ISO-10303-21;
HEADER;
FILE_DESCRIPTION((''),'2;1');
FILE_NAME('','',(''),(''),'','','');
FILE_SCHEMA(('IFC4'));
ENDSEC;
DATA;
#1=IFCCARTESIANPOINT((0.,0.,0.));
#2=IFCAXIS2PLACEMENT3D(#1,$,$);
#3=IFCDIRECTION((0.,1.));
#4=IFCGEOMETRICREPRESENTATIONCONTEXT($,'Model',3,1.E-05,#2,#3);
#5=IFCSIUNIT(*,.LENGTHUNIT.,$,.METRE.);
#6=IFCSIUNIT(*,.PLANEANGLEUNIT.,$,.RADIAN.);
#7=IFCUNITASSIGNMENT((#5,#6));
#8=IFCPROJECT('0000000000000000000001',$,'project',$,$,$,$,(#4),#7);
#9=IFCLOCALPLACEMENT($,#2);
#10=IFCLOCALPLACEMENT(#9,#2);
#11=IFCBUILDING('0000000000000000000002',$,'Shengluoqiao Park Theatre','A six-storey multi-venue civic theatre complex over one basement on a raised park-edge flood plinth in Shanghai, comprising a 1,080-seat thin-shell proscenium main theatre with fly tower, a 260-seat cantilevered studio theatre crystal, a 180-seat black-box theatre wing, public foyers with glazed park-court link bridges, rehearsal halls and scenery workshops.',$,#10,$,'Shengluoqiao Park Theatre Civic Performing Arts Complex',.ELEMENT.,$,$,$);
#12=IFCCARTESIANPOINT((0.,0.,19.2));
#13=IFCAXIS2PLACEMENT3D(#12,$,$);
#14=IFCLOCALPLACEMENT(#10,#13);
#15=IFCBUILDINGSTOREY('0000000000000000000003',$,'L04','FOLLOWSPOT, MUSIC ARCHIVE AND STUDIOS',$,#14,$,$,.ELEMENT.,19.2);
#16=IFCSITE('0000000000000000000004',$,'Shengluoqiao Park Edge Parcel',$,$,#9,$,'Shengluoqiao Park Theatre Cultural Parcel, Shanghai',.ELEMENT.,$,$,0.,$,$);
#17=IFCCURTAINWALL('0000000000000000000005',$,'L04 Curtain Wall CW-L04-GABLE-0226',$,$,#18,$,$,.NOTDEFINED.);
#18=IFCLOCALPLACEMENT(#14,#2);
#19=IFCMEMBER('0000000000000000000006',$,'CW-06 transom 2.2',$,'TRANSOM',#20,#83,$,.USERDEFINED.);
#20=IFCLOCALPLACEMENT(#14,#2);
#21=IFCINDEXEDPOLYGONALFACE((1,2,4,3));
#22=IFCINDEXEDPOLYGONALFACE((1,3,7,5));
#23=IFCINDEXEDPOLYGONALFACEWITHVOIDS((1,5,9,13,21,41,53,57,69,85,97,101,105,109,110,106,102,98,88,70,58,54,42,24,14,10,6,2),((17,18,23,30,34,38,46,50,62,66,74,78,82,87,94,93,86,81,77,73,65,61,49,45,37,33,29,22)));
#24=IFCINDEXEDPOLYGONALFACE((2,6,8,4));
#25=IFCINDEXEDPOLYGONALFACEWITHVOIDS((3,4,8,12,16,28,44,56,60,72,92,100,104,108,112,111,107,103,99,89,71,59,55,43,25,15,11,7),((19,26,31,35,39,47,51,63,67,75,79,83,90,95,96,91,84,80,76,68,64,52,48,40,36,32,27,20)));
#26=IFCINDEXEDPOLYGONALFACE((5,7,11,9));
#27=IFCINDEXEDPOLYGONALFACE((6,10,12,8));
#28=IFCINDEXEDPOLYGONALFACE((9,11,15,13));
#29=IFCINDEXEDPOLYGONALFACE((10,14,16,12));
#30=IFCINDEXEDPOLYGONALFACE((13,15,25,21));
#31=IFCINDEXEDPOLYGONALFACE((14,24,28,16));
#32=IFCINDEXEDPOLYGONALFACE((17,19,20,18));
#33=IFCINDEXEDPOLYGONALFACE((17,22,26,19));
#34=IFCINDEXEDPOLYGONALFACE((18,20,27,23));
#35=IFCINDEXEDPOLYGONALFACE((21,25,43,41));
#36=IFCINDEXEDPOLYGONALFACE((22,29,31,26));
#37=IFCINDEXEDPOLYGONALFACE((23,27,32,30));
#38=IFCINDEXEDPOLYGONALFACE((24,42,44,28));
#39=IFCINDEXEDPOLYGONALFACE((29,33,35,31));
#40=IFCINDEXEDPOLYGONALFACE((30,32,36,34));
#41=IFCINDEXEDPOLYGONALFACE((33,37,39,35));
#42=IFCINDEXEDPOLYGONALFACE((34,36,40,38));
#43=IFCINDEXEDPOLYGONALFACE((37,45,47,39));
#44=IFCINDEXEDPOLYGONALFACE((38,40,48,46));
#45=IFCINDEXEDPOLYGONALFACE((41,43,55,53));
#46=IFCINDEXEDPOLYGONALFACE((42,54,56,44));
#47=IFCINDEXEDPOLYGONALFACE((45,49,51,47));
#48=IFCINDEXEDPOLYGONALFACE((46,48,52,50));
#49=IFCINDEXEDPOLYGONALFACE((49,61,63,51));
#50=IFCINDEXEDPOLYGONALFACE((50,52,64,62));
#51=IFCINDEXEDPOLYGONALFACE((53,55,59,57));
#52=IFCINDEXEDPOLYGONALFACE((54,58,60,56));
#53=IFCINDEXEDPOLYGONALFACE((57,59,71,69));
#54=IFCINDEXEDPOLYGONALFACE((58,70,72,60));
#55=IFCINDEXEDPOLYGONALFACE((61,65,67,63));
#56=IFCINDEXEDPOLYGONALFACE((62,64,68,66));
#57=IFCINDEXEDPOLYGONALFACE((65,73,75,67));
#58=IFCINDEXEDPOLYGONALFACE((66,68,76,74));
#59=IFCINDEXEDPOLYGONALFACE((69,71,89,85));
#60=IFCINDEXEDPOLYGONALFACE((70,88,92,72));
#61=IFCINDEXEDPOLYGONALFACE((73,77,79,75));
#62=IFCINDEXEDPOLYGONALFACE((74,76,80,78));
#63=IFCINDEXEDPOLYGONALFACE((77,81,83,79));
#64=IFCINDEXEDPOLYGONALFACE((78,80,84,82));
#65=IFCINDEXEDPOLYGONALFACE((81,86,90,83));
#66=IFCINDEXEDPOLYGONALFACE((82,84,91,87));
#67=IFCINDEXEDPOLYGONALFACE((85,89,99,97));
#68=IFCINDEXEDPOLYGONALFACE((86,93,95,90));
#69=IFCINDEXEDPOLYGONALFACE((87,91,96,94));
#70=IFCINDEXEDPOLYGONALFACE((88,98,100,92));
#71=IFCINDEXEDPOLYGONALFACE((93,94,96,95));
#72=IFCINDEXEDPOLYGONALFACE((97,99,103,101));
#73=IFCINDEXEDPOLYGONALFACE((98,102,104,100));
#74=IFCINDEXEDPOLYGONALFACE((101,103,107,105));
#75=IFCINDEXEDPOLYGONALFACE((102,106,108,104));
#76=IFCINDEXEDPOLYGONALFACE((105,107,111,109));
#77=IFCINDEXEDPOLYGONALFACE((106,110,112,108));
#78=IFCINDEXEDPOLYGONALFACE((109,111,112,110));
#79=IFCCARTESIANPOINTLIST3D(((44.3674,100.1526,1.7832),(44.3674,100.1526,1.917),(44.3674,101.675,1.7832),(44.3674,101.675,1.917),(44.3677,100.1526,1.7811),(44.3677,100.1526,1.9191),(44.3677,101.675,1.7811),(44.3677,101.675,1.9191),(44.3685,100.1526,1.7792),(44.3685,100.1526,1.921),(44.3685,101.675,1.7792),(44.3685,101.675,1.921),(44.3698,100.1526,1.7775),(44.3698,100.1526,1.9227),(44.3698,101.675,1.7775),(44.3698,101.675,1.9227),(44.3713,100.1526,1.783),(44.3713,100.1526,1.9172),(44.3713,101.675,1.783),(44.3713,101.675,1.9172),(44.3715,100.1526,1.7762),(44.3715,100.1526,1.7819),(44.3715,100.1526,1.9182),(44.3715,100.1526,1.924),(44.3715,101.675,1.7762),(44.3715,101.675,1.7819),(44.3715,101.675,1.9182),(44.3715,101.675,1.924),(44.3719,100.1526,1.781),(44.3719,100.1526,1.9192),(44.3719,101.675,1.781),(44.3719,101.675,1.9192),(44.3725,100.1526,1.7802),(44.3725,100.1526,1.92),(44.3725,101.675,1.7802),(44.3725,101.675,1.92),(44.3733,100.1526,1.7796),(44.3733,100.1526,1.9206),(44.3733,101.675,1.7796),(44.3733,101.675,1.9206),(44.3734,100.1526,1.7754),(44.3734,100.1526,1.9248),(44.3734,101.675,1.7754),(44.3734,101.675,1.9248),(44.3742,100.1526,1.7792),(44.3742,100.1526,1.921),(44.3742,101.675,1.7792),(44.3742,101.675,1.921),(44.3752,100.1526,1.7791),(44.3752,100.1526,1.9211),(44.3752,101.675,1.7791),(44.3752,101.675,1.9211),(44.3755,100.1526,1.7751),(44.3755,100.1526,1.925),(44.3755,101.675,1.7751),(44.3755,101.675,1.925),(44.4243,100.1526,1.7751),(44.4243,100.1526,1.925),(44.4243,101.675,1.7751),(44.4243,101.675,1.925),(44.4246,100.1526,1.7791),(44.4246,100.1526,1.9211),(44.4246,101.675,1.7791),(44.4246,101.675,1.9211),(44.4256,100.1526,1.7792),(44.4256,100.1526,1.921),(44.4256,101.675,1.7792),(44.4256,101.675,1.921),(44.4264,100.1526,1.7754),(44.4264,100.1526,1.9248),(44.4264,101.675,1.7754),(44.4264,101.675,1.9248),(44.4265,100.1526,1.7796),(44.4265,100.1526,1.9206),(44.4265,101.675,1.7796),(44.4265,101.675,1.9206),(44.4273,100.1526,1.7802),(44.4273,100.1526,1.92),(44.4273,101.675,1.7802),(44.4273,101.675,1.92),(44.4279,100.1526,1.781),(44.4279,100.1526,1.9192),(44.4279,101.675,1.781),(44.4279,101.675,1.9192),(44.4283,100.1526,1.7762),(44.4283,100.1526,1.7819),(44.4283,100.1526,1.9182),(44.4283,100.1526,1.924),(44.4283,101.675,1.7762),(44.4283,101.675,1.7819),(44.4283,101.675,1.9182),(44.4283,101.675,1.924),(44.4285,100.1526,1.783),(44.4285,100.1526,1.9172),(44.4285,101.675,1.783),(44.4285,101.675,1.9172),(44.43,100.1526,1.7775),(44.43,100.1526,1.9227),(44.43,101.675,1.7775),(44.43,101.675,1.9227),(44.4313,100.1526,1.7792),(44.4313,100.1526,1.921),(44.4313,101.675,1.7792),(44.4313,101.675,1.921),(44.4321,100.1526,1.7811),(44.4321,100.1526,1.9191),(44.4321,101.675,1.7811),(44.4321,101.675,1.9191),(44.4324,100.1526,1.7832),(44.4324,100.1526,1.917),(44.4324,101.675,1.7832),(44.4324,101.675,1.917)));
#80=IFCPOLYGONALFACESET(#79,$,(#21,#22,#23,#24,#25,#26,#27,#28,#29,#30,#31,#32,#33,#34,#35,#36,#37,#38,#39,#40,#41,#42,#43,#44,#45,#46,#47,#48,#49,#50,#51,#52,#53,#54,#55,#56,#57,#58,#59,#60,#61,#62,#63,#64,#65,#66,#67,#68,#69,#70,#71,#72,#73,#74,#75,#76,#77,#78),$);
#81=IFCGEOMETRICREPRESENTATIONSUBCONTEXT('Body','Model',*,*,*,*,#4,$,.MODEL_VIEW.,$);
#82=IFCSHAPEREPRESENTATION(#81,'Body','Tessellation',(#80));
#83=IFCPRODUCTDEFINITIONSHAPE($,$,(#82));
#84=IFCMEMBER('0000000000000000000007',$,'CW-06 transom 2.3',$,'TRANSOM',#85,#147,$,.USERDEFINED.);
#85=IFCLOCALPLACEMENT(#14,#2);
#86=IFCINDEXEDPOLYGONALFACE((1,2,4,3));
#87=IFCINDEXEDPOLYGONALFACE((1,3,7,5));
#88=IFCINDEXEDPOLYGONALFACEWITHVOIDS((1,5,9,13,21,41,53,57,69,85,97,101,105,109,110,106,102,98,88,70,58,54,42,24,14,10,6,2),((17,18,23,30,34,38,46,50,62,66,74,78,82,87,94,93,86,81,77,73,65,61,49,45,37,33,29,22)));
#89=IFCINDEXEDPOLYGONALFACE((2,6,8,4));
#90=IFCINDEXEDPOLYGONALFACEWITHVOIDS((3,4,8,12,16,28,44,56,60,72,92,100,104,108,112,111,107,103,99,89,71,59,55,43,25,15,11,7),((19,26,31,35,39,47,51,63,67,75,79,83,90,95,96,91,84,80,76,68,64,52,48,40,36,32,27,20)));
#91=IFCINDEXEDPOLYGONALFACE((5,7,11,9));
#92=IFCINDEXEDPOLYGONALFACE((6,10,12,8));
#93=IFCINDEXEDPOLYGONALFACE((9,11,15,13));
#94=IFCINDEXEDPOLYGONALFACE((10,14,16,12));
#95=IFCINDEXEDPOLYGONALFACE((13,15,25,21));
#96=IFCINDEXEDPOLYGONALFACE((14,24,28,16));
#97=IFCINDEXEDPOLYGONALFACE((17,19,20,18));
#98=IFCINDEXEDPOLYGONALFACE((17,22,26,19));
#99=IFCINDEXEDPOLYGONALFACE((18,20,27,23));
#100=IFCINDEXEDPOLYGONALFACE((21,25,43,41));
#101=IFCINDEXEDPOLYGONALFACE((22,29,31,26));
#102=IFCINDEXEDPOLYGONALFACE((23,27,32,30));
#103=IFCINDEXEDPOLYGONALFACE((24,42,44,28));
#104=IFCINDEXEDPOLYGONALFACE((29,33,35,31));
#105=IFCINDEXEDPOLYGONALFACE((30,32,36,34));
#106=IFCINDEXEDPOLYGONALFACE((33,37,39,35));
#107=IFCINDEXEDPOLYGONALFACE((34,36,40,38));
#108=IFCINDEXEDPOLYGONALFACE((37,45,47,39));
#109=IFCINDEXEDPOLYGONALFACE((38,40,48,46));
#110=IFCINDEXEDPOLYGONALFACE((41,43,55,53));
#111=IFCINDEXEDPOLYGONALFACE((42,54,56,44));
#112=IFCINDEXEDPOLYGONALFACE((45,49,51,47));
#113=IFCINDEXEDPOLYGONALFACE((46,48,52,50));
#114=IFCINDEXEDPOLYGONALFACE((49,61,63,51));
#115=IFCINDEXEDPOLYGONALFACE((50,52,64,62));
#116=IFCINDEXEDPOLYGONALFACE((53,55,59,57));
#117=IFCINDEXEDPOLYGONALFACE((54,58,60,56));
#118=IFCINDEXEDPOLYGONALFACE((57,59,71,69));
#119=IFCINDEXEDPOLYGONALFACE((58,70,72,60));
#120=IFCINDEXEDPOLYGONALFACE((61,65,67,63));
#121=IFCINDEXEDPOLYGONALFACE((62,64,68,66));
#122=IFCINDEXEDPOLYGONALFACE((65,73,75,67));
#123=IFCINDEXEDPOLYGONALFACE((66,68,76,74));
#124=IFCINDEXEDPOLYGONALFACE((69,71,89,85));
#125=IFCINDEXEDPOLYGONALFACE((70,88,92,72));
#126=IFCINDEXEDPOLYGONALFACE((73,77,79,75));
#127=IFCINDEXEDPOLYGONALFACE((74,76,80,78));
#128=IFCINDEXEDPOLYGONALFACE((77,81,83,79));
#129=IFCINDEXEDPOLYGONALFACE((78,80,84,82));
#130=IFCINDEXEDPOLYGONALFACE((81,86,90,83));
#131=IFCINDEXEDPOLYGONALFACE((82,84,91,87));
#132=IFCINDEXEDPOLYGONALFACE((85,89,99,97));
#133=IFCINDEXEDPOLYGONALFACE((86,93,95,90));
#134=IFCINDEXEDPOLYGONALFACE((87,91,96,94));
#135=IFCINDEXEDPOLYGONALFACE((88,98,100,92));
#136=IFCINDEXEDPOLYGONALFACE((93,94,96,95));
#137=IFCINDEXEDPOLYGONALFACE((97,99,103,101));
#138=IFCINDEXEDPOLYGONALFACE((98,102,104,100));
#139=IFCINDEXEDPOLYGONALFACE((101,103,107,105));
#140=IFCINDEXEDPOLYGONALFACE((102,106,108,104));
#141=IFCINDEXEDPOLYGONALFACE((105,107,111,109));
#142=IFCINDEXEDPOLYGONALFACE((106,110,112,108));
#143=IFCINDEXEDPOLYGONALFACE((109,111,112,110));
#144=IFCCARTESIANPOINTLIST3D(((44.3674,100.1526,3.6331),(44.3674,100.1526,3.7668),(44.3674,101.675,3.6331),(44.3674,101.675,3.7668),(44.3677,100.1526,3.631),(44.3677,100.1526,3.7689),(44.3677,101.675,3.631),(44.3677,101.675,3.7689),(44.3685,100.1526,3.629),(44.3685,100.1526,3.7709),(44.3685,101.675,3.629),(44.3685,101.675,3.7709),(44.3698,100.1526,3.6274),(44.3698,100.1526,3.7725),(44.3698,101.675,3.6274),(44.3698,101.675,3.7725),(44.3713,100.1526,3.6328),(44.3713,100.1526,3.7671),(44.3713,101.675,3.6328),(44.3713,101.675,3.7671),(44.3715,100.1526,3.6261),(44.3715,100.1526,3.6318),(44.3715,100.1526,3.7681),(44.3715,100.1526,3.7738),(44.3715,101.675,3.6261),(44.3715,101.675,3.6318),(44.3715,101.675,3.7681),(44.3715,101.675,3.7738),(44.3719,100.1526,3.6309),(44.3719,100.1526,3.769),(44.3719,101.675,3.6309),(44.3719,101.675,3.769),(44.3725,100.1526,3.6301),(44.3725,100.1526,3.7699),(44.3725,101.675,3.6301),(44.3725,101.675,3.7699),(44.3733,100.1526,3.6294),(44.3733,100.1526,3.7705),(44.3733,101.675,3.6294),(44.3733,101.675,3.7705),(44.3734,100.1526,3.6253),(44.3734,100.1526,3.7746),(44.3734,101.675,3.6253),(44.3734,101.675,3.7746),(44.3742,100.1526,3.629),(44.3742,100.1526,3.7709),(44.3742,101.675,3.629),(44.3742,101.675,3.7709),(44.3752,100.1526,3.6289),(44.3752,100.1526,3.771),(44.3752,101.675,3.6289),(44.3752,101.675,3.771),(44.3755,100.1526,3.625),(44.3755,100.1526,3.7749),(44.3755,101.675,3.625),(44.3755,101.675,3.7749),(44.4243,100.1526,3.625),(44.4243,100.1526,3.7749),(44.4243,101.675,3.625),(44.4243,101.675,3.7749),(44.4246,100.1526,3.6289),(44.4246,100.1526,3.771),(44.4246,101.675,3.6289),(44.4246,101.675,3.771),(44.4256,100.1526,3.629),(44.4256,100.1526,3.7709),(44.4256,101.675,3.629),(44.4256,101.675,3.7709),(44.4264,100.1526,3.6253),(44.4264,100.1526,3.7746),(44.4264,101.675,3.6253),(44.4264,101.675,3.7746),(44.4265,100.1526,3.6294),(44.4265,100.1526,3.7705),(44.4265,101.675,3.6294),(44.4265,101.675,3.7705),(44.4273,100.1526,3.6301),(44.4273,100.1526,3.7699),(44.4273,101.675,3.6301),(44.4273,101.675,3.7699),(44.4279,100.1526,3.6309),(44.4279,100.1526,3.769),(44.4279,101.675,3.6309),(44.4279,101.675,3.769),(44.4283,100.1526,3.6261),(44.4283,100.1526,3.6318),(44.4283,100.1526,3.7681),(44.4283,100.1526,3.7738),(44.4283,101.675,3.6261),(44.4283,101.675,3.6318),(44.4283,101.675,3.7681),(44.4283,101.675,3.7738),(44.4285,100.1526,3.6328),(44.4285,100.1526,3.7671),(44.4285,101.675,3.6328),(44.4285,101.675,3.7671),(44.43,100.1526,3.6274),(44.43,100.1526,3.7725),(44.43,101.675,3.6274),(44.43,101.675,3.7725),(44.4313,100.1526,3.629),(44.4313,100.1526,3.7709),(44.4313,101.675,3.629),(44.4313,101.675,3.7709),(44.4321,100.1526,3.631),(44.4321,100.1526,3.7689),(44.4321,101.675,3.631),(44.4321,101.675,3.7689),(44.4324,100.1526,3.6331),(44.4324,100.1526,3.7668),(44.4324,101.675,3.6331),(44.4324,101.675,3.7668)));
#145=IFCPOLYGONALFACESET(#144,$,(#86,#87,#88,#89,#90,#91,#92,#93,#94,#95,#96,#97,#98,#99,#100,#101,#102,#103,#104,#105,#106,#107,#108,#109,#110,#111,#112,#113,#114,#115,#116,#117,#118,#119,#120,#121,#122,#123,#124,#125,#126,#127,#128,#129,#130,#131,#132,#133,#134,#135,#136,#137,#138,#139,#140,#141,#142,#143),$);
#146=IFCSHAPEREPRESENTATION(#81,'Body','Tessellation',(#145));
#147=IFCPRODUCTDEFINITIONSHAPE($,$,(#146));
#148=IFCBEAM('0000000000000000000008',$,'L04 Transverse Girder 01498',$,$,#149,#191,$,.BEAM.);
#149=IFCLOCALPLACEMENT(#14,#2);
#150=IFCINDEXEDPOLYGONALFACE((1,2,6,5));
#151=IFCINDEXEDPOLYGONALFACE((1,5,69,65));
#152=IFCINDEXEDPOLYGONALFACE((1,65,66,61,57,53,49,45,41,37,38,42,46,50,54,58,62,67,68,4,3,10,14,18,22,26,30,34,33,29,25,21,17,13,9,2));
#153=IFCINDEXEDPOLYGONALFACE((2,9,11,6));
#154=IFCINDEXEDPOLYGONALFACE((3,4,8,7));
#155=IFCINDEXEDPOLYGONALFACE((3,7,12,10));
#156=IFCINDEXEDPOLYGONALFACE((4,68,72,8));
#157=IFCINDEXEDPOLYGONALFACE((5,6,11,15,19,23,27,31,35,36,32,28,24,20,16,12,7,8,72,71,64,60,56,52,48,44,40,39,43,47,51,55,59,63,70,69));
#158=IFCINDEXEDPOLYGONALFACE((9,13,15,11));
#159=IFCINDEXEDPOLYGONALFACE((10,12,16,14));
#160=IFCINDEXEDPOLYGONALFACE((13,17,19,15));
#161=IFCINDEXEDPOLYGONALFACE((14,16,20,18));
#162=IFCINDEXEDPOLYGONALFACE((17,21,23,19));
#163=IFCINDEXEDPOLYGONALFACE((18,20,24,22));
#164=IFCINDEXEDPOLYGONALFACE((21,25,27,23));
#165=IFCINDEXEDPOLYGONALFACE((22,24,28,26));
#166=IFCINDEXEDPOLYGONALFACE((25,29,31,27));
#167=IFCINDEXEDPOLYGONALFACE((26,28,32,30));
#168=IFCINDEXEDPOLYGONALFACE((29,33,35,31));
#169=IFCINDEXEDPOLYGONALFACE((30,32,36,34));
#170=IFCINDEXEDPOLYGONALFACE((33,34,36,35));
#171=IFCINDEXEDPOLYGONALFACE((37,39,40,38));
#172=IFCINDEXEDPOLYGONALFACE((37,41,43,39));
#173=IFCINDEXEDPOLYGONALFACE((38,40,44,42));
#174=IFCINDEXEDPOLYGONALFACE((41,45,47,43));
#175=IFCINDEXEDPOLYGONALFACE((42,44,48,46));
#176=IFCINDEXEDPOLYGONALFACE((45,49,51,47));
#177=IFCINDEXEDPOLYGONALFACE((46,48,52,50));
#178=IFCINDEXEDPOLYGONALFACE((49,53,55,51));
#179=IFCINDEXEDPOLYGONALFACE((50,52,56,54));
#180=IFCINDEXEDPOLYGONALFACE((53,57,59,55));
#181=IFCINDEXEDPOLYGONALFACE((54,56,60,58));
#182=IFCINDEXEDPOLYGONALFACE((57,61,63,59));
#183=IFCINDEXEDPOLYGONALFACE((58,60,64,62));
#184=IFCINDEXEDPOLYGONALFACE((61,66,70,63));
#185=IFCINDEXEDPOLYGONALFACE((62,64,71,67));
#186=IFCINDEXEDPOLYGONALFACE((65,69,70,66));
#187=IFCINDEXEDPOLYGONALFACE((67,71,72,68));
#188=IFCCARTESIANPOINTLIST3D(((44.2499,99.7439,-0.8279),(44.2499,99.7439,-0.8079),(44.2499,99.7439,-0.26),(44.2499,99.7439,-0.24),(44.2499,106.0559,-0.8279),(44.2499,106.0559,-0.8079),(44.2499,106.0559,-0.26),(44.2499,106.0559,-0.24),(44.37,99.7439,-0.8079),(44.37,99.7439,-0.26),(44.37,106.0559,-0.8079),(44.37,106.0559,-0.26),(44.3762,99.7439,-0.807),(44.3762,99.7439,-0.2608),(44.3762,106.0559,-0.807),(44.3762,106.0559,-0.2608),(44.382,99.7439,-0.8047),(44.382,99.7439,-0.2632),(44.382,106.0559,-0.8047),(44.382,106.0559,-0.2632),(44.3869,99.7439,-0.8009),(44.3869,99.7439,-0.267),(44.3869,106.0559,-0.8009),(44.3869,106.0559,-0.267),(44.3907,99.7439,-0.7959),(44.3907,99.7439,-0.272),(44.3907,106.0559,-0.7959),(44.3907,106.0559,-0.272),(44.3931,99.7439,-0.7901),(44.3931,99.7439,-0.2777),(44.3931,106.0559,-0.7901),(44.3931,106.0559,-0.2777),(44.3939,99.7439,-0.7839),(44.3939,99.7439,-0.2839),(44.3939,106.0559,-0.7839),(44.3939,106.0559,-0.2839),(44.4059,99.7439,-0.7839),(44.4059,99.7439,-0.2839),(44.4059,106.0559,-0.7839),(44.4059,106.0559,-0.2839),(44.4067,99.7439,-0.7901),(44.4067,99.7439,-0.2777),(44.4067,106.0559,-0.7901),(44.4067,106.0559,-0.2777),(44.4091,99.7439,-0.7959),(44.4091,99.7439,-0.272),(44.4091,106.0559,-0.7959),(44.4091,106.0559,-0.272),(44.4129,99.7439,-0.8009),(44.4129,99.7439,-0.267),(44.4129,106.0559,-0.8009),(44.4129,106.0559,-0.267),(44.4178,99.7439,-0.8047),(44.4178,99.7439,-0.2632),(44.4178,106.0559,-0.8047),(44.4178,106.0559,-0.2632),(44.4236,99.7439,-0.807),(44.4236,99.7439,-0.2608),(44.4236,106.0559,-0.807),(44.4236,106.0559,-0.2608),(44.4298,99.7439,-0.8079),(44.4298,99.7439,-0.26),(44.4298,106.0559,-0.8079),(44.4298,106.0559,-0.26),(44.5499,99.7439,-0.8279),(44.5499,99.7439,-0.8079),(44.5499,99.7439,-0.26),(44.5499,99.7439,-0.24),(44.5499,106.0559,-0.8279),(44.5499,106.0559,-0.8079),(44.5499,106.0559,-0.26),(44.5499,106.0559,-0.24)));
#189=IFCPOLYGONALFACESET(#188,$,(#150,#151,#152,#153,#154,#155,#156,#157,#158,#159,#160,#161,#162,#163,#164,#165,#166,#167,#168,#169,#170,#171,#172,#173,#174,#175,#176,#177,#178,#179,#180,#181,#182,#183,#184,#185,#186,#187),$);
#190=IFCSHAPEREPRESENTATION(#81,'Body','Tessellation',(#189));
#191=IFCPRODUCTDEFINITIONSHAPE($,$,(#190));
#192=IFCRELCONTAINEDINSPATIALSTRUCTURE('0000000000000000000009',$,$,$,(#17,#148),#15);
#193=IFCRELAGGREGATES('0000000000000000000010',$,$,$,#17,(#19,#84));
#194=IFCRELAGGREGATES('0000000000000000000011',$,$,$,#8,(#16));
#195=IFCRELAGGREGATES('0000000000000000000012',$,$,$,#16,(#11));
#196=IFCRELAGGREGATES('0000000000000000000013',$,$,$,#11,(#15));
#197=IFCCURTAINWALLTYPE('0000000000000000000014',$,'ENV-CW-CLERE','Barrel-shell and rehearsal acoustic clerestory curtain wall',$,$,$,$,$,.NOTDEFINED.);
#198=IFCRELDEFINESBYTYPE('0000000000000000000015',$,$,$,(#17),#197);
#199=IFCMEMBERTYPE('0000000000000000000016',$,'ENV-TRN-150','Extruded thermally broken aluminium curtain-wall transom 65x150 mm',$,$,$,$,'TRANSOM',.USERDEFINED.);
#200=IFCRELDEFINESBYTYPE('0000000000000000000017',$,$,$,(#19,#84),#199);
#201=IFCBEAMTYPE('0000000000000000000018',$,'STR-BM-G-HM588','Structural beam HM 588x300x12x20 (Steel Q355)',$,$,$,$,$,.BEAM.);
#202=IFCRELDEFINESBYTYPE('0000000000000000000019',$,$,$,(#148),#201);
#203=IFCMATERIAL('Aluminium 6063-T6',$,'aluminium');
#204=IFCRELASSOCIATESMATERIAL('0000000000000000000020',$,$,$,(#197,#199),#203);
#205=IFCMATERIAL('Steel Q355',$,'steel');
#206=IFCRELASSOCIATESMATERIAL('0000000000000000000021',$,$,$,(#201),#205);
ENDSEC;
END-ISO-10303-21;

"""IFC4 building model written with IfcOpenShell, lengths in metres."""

from ifc_helpers import new_model, si_unit, direction, frame, origin, origin_2d, place, context, subcontext, project, spatial, hollow_rectangle, i_section, extrude, material, material_profile, profile_set, type_object, element, aggregate, save


model = new_model("IFC4")

# Units and contexts
model_context = context("Model", 3, precision=1e-05, world=origin(), true_north=direction((0.0, 1.0)))
body_context = subcontext(model_context, "Body", "Model", "MODEL_VIEW")
ifc_project = project(units=[si_unit("LENGTHUNIT", "METRE"), si_unit("PLANEANGLEUNIT", "RADIAN")], contexts=[model_context])

# Site, building, storey
site_placement = place(None, origin())
site = spatial("IfcSite", under=ifc_project, at=site_placement, Name="Shengluoqiao Park Edge Parcel", LongName="Shengluoqiao Park Theatre Cultural Parcel, Shanghai", CompositionType="ELEMENT", RefElevation=0.0)
building_placement = place(site_placement, origin())
building = spatial("IfcBuilding", under=site, at=building_placement, Name="Shengluoqiao Park Theatre", Description="A six-storey multi-venue civic theatre complex over one basement on a raised park-edge flood plinth in Shanghai, comprising a 1,080-seat thin-shell proscenium main theatre with fly tower, a 260-seat cantilevered studio theatre crystal, a 180-seat black-box theatre wing, public foyers with glazed park-court link bridges, rehearsal halls and scenery workshops.", LongName="Shengluoqiao Park Theatre Civic Performing Arts Complex", CompositionType="ELEMENT")
storey_placement = place(building_placement, frame((0.0, 0.0, 19.2)))
storey = spatial("IfcBuildingStorey", under=building, at=storey_placement, Name="L04", Description="FOLLOWSPOT, MUSIC ARCHIVE AND STUDIOS", CompositionType="ELEMENT", Elevation=19.2)

# Shared definitions
ifc_material_1 = material(Name="Aluminium 6063-T6", Category="aluminium")
curtain_wall_type = type_object("IfcCurtainWallType", Name="ENV-CW-CLERE", Description="Barrel-shell and rehearsal acoustic clerestory curtain wall", PredefinedType="NOTDEFINED", material=ifc_material_1)

# Curtain wall
curtain_wall_1_placement = place(storey_placement, origin())
curtain_wall_1 = element("IfcCurtainWall", 1, at=curtain_wall_1_placement, inside=storey, type_object=curtain_wall_type, Name="L04 Curtain Wall CW-L04-GABLE-0226", PredefinedType="NOTDEFINED")

# Members
ifc_material_profile_1 = material_profile(ifc_material_1, hollow_rectangle(XDim=0.0649, YDim=0.1499, WallThickness=0.0039, InnerFilletRadius=0.0039, OuterFilletRadius=0.0081, at=origin_2d()), Name="ALU TRANSOM 150x65x4")
ifc_profile_set_1 = profile_set([ifc_material_profile_1], Name="Aluminium 6063-T6")
member_type_1 = type_object("IfcMemberType", Name="ENV-TRN-150", Description="Extruded thermally broken aluminium curtain-wall transom 65x150 mm", ElementType="TRANSOM", PredefinedType="USERDEFINED", material=ifc_profile_set_1)
member_1_placement = place(storey_placement, frame((44.3999, 100.1526, 1.8501), z_axis=(0.0, 1.0, 0.0), x_axis=(-1.0, 0.0, 0.0)))
member_1 = element("IfcMember", 2, at=member_1_placement, type_object=member_type_1, Name="CW-06 transom 2.2", ObjectType="TRANSOM", PredefinedType="USERDEFINED", context=body_context, shape_type="SweptSolid", body=[
    extrude(hollow_rectangle(XDim=0.0649, YDim=0.1499, WallThickness=0.0039, InnerFilletRadius=0.0039, OuterFilletRadius=0.0081, at=origin_2d()), origin(), (0.0, 0.0, 1.0), 1.5225),
])
member_2_placement = place(storey_placement, frame((44.3999, 100.1526, 3.7), z_axis=(0.0, 1.0, 0.0), x_axis=(-1.0, 0.0, 0.0)))
member_2 = element("IfcMember", 3, at=member_2_placement, type_object=member_type_1, Name="CW-06 transom 2.3", ObjectType="TRANSOM", PredefinedType="USERDEFINED", context=body_context, shape_type="SweptSolid", body=[
    extrude(hollow_rectangle(XDim=0.0649, YDim=0.1499, WallThickness=0.0039, InnerFilletRadius=0.0039, OuterFilletRadius=0.0081, at=origin_2d()), origin(), (0.0, 0.0, 1.0), 1.5225),
])

# Beam
ifc_material_2 = material(Name="Steel Q355", Category="steel")
ifc_material_profile_2 = material_profile(ifc_material_2, i_section(OverallWidth=0.3, OverallDepth=0.5879, WebThickness=0.012, FlangeThickness=0.02, FilletRadius=0.0239, at=origin_2d()), Name="HM 588x300x12x20")
ifc_profile_set_2 = profile_set([ifc_material_profile_2], Name="Steel Q355")
beam_type = type_object("IfcBeamType", Name="STR-BM-G-HM588", Description="Structural beam HM 588x300x12x20 (Steel Q355)", PredefinedType="BEAM", material=ifc_profile_set_2)
beam_placement = place(storey_placement, frame((44.3999, 99.7439, -0.5339), z_axis=(0.0, 1.0, 0.0), x_axis=(-1.0, 0.0, 0.0)))
element("IfcBeam", 4, at=beam_placement, inside=storey, type_object=beam_type, Name="L04 Transverse Girder 01498", PredefinedType="BEAM", context=body_context, shape_type="SweptSolid", body=[
    extrude(i_section(OverallWidth=0.3, OverallDepth=0.5879, WebThickness=0.012, FlangeThickness=0.02, FilletRadius=0.0239, at=origin_2d()), origin(), (0.0, 0.0, 1.0), 6.312),
])

aggregate(curtain_wall_1, [member_1, member_2])

save(model, "model.ifc")
